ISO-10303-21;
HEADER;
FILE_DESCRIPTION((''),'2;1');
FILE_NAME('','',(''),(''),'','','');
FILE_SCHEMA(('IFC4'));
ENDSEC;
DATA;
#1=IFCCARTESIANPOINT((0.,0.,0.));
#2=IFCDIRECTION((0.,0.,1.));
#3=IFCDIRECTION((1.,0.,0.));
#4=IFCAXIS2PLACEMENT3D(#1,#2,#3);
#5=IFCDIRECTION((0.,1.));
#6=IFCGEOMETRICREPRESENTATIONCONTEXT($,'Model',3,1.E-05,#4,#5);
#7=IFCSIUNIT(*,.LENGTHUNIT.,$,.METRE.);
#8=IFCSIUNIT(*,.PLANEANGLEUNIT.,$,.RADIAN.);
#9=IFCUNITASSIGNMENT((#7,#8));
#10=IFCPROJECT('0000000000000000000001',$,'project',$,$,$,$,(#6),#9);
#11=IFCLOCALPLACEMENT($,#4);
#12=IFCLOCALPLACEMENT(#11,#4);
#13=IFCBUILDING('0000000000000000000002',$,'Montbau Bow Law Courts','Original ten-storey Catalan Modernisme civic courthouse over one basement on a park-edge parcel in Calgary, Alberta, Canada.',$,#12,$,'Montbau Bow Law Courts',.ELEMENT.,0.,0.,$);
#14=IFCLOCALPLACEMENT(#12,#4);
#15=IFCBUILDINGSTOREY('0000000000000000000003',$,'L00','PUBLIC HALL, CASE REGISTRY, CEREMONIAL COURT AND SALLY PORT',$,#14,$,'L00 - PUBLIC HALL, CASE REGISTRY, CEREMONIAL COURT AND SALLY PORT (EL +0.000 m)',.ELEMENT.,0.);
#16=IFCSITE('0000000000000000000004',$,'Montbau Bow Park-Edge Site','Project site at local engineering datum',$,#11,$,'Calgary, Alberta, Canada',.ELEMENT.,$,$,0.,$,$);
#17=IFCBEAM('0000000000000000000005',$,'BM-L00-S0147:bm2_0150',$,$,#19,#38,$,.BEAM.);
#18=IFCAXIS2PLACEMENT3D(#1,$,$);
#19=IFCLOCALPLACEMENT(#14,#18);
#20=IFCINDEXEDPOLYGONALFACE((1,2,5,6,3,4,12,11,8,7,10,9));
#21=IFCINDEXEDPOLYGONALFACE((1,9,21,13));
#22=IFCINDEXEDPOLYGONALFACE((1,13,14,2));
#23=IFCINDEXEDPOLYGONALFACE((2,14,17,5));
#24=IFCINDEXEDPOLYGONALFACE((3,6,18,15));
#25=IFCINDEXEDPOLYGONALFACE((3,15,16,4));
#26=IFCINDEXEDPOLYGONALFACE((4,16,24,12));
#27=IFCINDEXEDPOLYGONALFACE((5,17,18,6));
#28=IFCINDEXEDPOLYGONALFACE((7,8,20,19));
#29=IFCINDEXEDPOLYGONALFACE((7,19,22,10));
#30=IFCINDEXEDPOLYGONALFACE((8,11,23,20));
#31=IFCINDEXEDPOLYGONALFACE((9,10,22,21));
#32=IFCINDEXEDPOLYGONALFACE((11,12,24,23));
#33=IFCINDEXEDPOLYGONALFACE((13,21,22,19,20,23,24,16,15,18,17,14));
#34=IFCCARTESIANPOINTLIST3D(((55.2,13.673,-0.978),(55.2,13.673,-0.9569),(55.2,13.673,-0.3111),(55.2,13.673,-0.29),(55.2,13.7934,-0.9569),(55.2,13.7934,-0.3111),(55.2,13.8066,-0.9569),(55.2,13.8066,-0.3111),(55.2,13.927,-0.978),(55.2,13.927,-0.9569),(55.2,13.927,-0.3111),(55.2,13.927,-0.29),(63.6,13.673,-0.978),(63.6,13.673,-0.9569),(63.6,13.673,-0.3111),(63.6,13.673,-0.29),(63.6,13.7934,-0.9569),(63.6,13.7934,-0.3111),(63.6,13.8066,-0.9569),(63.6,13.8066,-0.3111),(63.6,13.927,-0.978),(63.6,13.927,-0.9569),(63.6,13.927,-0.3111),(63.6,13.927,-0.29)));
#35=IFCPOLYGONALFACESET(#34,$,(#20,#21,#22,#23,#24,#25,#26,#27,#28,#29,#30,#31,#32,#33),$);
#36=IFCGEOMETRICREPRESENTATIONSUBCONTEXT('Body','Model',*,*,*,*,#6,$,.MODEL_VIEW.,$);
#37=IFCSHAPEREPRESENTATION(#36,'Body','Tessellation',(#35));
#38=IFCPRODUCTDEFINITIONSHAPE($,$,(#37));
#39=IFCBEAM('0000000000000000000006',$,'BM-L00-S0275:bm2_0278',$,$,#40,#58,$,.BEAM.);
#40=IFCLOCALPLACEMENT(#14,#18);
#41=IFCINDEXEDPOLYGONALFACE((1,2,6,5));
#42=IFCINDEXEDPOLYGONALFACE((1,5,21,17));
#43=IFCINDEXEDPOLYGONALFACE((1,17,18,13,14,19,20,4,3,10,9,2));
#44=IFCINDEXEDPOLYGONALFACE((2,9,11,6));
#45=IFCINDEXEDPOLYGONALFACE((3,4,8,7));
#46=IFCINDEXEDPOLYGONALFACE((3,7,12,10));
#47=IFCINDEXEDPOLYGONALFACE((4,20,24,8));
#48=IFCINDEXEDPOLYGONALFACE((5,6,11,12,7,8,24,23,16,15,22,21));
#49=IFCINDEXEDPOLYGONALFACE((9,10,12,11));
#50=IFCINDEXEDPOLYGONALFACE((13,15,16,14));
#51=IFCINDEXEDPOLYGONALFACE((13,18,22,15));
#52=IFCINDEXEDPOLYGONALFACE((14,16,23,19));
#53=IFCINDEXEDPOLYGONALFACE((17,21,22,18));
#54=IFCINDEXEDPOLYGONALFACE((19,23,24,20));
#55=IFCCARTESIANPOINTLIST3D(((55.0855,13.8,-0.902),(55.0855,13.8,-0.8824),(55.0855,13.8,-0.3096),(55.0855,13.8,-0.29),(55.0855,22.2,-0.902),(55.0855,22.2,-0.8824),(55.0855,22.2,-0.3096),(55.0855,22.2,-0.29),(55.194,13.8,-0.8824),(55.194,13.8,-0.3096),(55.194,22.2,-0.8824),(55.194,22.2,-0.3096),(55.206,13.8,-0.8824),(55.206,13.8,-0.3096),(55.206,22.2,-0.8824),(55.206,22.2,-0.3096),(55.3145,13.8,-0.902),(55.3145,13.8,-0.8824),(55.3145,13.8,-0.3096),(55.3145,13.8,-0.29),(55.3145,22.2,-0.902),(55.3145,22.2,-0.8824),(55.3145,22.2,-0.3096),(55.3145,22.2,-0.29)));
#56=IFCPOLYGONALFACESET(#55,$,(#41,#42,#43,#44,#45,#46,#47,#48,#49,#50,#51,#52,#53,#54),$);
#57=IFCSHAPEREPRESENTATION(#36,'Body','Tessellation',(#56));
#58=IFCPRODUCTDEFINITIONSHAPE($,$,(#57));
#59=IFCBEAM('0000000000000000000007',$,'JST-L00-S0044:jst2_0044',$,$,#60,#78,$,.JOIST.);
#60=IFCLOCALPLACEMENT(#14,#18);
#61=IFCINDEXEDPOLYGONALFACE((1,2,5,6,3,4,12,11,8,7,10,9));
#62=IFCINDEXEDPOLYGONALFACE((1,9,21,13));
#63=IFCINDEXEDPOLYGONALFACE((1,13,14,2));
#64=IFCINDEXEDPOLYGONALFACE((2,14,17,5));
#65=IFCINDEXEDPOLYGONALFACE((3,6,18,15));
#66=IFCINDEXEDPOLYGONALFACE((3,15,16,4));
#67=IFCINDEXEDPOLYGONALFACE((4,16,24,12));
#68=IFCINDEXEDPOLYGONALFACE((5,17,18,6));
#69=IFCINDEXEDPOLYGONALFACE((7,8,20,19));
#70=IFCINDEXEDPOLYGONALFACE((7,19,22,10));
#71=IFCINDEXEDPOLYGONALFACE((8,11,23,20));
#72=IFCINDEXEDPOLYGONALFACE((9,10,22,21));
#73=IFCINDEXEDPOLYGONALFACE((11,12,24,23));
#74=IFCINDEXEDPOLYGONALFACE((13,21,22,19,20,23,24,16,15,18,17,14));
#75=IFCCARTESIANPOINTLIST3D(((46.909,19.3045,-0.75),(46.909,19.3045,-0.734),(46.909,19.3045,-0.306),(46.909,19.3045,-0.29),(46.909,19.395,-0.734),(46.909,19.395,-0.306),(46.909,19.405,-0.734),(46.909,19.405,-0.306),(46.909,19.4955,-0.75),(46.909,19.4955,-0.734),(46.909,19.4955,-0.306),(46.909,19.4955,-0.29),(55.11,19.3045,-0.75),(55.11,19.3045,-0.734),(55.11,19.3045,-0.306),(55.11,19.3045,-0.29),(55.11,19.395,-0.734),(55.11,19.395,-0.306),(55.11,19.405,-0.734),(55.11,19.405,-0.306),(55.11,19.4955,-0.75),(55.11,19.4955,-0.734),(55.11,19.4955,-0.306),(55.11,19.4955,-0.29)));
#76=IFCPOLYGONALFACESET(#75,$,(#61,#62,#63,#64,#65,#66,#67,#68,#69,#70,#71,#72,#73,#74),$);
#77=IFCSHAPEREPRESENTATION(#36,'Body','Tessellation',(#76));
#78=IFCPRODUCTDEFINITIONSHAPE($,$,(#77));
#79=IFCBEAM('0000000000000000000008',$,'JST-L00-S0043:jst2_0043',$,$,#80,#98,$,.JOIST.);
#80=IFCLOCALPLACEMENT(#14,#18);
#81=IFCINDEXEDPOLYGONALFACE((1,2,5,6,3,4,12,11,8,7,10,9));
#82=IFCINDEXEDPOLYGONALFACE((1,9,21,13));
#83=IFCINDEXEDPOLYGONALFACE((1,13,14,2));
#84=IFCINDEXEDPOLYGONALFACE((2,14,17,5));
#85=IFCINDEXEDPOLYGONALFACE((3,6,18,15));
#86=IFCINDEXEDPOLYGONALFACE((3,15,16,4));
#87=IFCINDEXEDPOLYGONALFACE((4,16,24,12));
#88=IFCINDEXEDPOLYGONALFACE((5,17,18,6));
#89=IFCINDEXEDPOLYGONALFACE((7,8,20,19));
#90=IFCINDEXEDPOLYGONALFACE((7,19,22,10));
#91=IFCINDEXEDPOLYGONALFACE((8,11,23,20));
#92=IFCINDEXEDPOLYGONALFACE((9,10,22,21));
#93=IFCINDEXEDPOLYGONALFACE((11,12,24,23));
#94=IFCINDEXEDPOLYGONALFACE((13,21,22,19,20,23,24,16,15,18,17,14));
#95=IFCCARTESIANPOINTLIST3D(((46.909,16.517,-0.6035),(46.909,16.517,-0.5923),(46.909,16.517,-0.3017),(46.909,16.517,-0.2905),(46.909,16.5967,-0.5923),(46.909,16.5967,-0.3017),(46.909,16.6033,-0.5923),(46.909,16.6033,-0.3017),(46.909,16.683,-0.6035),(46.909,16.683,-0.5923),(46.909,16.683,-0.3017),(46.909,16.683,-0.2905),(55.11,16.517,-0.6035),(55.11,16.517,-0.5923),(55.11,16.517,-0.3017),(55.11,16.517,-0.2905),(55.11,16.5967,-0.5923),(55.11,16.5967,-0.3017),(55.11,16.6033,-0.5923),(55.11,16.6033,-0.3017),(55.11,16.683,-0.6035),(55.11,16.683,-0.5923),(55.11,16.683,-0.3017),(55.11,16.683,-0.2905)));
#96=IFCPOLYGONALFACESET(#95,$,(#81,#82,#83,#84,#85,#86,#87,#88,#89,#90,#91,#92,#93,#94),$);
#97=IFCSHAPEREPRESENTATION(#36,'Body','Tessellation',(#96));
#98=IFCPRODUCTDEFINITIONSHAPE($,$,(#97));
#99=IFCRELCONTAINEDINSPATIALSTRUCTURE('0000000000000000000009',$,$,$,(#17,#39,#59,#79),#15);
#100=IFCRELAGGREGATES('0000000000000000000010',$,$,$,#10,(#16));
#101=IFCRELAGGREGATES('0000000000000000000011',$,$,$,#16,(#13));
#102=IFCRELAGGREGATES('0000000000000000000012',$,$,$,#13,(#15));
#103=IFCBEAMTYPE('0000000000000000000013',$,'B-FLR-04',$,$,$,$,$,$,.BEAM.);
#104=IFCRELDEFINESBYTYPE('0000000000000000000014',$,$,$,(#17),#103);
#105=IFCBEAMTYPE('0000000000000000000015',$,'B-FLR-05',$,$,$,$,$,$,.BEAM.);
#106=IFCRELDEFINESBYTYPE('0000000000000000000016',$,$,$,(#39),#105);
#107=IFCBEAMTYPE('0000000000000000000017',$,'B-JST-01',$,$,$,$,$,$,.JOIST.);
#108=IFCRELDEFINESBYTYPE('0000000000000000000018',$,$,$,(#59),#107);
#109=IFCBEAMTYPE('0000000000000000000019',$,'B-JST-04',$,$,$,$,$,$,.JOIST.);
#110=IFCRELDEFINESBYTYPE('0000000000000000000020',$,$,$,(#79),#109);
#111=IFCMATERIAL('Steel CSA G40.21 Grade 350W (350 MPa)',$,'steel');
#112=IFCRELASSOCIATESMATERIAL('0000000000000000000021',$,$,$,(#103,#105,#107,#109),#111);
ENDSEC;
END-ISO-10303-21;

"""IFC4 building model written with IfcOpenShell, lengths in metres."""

from ifc_helpers import new_model, si_unit, direction, frame, origin_with_axes, origin_2d_with_axis, place, context, subcontext, project, spatial, i_section, extrude, material, material_profile, profile_set, type_object, element, save


model = new_model("IFC4")

# Units and contexts
model_context = context("Model", 3, precision=1e-05, world=origin_with_axes(), true_north=direction((0.0, 1.0)))
body_context = subcontext(model_context, "Body", "Model", "MODEL_VIEW")
ifc_project = project(units=[si_unit("LENGTHUNIT", "METRE"), si_unit("PLANEANGLEUNIT", "RADIAN")], contexts=[model_context])

# Site, building, storey
site_placement = place(None, origin_with_axes())
site = spatial("IfcSite", under=ifc_project, at=site_placement, Name="Montbau Bow Park-Edge Site", Description="Project site at local engineering datum", LongName="Calgary, Alberta, Canada", CompositionType="ELEMENT", RefElevation=0.0)
building_placement = place(site_placement, origin_with_axes())
building = spatial("IfcBuilding", under=site, at=building_placement, Name="Montbau Bow Law Courts", Description="Original ten-storey Catalan Modernisme civic courthouse over one basement on a park-edge parcel in Calgary, Alberta, Canada.", LongName="Montbau Bow Law Courts", CompositionType="ELEMENT", ElevationOfRefHeight=0.0, ElevationOfTerrain=0.0)
storey_placement = place(building_placement, origin_with_axes())
storey = spatial("IfcBuildingStorey", under=building, at=storey_placement, Name="L00", Description="PUBLIC HALL, CASE REGISTRY, CEREMONIAL COURT AND SALLY PORT", LongName="L00 - PUBLIC HALL, CASE REGISTRY, CEREMONIAL COURT AND SALLY PORT (EL +0.000 m)", CompositionType="ELEMENT", Elevation=0.0)

# Beams
ifc_material = material(Name="Steel CSA G40.21 Grade 350W (350 MPa)", Category="steel")
ifc_material_profile_1 = material_profile(ifc_material, i_section(OverallWidth=0.254, OverallDepth=0.688, WebThickness=0.0131, FlangeThickness=0.0211, at=origin_2d_with_axis()), Name="W690X152", Category="Main", Priority=0)
ifc_profile_set_1 = profile_set([ifc_material_profile_1], Name="Steel CSA G40.21 Grade 350W (350 MPa)")
beam_type_1 = type_object("IfcBeamType", Name="B-FLR-04", PredefinedType="BEAM", material=ifc_profile_set_1)
beam_1_placement = place(None, frame((55.2, 13.8, -0.634), z_axis=(1.0, 0.0, 0.0), x_axis=(0.0, 1.0, 0.0)))
element("IfcBeam", 1, at=beam_1_placement, inside=storey, type_object=beam_type_1, Name="BM-L00-S0147:bm2_0150", PredefinedType="BEAM", context=body_context, shape_type="SweptSolid", body=[
    extrude(i_section(OverallWidth=0.254, OverallDepth=0.688, WebThickness=0.0131, FlangeThickness=0.0211, at=origin_2d_with_axis()), origin_with_axes(), (0.0, 0.0, 1.0), 8.4),
])
ifc_material_profile_2 = material_profile(ifc_material, i_section(OverallWidth=0.229, OverallDepth=0.612, WebThickness=0.0119, FlangeThickness=0.0196, at=origin_2d_with_axis()), Name="W610X125", Category="Main", Priority=0)
ifc_profile_set_2 = profile_set([ifc_material_profile_2], Name="Steel CSA G40.21 Grade 350W (350 MPa)")
beam_type_2 = type_object("IfcBeamType", Name="B-FLR-05", PredefinedType="BEAM", material=ifc_profile_set_2)
beam_2_placement = place(None, frame((55.2, 13.8, -0.596), z_axis=(0.0, 1.0, 0.0), x_axis=(-1.0, 0.0, 0.0)))
element("IfcBeam", 2, at=beam_2_placement, inside=storey, type_object=beam_type_2, Name="BM-L00-S0275:bm2_0278", PredefinedType="BEAM", context=body_context, shape_type="SweptSolid", body=[
    extrude(i_section(OverallWidth=0.229, OverallDepth=0.612, WebThickness=0.0119, FlangeThickness=0.0196, at=origin_2d_with_axis()), origin_with_axes(), (0.0, 0.0, 1.0), 8.4),
])
ifc_material_profile_3 = material_profile(ifc_material, i_section(OverallWidth=0.191, OverallDepth=0.46, WebThickness=0.0099, FlangeThickness=0.016, at=origin_2d_with_axis()), Name="W460X82", Category="Main", Priority=0)
ifc_profile_set_3 = profile_set([ifc_material_profile_3], Name="Steel CSA G40.21 Grade 350W (350 MPa)")
beam_type_3 = type_object("IfcBeamType", Name="B-JST-01", PredefinedType="JOIST", material=ifc_profile_set_3)
beam_3_placement = place(None, frame((46.909, 19.4, -0.52), z_axis=(1.0, 0.0, 0.0), x_axis=(0.0, 1.0, 0.0)))
element("IfcBeam", 3, at=beam_3_placement, inside=storey, type_object=beam_type_3, Name="JST-L00-S0044:jst2_0044", PredefinedType="JOIST", context=body_context, shape_type="SweptSolid", body=[
    extrude(i_section(OverallWidth=0.191, OverallDepth=0.46, WebThickness=0.0099, FlangeThickness=0.016, at=origin_2d_with_axis()), origin_with_axes(), (0.0, 0.0, 1.0), 8.201),
])
ifc_material_profile_4 = material_profile(ifc_material, i_section(OverallWidth=0.166, OverallDepth=0.313, WebThickness=0.0066, FlangeThickness=0.0112, at=origin_2d_with_axis()), Name="W310X45", Category="Main", Priority=0)
ifc_profile_set_4 = profile_set([ifc_material_profile_4], Name="Steel CSA G40.21 Grade 350W (350 MPa)")
beam_type_4 = type_object("IfcBeamType", Name="B-JST-04", PredefinedType="JOIST", material=ifc_profile_set_4)
beam_4_placement = place(None, frame((46.909, 16.6, -0.447), z_axis=(1.0, 0.0, 0.0), x_axis=(0.0, 1.0, 0.0)))
element("IfcBeam", 4, at=beam_4_placement, inside=storey, type_object=beam_type_4, Name="JST-L00-S0043:jst2_0043", PredefinedType="JOIST", context=body_context, shape_type="SweptSolid", body=[
    extrude(i_section(OverallWidth=0.166, OverallDepth=0.313, WebThickness=0.0066, FlangeThickness=0.0112, at=origin_2d_with_axis()), origin_with_axes(), (0.0, 0.0, 1.0), 8.201),
])

save(model, "model.ifc")
